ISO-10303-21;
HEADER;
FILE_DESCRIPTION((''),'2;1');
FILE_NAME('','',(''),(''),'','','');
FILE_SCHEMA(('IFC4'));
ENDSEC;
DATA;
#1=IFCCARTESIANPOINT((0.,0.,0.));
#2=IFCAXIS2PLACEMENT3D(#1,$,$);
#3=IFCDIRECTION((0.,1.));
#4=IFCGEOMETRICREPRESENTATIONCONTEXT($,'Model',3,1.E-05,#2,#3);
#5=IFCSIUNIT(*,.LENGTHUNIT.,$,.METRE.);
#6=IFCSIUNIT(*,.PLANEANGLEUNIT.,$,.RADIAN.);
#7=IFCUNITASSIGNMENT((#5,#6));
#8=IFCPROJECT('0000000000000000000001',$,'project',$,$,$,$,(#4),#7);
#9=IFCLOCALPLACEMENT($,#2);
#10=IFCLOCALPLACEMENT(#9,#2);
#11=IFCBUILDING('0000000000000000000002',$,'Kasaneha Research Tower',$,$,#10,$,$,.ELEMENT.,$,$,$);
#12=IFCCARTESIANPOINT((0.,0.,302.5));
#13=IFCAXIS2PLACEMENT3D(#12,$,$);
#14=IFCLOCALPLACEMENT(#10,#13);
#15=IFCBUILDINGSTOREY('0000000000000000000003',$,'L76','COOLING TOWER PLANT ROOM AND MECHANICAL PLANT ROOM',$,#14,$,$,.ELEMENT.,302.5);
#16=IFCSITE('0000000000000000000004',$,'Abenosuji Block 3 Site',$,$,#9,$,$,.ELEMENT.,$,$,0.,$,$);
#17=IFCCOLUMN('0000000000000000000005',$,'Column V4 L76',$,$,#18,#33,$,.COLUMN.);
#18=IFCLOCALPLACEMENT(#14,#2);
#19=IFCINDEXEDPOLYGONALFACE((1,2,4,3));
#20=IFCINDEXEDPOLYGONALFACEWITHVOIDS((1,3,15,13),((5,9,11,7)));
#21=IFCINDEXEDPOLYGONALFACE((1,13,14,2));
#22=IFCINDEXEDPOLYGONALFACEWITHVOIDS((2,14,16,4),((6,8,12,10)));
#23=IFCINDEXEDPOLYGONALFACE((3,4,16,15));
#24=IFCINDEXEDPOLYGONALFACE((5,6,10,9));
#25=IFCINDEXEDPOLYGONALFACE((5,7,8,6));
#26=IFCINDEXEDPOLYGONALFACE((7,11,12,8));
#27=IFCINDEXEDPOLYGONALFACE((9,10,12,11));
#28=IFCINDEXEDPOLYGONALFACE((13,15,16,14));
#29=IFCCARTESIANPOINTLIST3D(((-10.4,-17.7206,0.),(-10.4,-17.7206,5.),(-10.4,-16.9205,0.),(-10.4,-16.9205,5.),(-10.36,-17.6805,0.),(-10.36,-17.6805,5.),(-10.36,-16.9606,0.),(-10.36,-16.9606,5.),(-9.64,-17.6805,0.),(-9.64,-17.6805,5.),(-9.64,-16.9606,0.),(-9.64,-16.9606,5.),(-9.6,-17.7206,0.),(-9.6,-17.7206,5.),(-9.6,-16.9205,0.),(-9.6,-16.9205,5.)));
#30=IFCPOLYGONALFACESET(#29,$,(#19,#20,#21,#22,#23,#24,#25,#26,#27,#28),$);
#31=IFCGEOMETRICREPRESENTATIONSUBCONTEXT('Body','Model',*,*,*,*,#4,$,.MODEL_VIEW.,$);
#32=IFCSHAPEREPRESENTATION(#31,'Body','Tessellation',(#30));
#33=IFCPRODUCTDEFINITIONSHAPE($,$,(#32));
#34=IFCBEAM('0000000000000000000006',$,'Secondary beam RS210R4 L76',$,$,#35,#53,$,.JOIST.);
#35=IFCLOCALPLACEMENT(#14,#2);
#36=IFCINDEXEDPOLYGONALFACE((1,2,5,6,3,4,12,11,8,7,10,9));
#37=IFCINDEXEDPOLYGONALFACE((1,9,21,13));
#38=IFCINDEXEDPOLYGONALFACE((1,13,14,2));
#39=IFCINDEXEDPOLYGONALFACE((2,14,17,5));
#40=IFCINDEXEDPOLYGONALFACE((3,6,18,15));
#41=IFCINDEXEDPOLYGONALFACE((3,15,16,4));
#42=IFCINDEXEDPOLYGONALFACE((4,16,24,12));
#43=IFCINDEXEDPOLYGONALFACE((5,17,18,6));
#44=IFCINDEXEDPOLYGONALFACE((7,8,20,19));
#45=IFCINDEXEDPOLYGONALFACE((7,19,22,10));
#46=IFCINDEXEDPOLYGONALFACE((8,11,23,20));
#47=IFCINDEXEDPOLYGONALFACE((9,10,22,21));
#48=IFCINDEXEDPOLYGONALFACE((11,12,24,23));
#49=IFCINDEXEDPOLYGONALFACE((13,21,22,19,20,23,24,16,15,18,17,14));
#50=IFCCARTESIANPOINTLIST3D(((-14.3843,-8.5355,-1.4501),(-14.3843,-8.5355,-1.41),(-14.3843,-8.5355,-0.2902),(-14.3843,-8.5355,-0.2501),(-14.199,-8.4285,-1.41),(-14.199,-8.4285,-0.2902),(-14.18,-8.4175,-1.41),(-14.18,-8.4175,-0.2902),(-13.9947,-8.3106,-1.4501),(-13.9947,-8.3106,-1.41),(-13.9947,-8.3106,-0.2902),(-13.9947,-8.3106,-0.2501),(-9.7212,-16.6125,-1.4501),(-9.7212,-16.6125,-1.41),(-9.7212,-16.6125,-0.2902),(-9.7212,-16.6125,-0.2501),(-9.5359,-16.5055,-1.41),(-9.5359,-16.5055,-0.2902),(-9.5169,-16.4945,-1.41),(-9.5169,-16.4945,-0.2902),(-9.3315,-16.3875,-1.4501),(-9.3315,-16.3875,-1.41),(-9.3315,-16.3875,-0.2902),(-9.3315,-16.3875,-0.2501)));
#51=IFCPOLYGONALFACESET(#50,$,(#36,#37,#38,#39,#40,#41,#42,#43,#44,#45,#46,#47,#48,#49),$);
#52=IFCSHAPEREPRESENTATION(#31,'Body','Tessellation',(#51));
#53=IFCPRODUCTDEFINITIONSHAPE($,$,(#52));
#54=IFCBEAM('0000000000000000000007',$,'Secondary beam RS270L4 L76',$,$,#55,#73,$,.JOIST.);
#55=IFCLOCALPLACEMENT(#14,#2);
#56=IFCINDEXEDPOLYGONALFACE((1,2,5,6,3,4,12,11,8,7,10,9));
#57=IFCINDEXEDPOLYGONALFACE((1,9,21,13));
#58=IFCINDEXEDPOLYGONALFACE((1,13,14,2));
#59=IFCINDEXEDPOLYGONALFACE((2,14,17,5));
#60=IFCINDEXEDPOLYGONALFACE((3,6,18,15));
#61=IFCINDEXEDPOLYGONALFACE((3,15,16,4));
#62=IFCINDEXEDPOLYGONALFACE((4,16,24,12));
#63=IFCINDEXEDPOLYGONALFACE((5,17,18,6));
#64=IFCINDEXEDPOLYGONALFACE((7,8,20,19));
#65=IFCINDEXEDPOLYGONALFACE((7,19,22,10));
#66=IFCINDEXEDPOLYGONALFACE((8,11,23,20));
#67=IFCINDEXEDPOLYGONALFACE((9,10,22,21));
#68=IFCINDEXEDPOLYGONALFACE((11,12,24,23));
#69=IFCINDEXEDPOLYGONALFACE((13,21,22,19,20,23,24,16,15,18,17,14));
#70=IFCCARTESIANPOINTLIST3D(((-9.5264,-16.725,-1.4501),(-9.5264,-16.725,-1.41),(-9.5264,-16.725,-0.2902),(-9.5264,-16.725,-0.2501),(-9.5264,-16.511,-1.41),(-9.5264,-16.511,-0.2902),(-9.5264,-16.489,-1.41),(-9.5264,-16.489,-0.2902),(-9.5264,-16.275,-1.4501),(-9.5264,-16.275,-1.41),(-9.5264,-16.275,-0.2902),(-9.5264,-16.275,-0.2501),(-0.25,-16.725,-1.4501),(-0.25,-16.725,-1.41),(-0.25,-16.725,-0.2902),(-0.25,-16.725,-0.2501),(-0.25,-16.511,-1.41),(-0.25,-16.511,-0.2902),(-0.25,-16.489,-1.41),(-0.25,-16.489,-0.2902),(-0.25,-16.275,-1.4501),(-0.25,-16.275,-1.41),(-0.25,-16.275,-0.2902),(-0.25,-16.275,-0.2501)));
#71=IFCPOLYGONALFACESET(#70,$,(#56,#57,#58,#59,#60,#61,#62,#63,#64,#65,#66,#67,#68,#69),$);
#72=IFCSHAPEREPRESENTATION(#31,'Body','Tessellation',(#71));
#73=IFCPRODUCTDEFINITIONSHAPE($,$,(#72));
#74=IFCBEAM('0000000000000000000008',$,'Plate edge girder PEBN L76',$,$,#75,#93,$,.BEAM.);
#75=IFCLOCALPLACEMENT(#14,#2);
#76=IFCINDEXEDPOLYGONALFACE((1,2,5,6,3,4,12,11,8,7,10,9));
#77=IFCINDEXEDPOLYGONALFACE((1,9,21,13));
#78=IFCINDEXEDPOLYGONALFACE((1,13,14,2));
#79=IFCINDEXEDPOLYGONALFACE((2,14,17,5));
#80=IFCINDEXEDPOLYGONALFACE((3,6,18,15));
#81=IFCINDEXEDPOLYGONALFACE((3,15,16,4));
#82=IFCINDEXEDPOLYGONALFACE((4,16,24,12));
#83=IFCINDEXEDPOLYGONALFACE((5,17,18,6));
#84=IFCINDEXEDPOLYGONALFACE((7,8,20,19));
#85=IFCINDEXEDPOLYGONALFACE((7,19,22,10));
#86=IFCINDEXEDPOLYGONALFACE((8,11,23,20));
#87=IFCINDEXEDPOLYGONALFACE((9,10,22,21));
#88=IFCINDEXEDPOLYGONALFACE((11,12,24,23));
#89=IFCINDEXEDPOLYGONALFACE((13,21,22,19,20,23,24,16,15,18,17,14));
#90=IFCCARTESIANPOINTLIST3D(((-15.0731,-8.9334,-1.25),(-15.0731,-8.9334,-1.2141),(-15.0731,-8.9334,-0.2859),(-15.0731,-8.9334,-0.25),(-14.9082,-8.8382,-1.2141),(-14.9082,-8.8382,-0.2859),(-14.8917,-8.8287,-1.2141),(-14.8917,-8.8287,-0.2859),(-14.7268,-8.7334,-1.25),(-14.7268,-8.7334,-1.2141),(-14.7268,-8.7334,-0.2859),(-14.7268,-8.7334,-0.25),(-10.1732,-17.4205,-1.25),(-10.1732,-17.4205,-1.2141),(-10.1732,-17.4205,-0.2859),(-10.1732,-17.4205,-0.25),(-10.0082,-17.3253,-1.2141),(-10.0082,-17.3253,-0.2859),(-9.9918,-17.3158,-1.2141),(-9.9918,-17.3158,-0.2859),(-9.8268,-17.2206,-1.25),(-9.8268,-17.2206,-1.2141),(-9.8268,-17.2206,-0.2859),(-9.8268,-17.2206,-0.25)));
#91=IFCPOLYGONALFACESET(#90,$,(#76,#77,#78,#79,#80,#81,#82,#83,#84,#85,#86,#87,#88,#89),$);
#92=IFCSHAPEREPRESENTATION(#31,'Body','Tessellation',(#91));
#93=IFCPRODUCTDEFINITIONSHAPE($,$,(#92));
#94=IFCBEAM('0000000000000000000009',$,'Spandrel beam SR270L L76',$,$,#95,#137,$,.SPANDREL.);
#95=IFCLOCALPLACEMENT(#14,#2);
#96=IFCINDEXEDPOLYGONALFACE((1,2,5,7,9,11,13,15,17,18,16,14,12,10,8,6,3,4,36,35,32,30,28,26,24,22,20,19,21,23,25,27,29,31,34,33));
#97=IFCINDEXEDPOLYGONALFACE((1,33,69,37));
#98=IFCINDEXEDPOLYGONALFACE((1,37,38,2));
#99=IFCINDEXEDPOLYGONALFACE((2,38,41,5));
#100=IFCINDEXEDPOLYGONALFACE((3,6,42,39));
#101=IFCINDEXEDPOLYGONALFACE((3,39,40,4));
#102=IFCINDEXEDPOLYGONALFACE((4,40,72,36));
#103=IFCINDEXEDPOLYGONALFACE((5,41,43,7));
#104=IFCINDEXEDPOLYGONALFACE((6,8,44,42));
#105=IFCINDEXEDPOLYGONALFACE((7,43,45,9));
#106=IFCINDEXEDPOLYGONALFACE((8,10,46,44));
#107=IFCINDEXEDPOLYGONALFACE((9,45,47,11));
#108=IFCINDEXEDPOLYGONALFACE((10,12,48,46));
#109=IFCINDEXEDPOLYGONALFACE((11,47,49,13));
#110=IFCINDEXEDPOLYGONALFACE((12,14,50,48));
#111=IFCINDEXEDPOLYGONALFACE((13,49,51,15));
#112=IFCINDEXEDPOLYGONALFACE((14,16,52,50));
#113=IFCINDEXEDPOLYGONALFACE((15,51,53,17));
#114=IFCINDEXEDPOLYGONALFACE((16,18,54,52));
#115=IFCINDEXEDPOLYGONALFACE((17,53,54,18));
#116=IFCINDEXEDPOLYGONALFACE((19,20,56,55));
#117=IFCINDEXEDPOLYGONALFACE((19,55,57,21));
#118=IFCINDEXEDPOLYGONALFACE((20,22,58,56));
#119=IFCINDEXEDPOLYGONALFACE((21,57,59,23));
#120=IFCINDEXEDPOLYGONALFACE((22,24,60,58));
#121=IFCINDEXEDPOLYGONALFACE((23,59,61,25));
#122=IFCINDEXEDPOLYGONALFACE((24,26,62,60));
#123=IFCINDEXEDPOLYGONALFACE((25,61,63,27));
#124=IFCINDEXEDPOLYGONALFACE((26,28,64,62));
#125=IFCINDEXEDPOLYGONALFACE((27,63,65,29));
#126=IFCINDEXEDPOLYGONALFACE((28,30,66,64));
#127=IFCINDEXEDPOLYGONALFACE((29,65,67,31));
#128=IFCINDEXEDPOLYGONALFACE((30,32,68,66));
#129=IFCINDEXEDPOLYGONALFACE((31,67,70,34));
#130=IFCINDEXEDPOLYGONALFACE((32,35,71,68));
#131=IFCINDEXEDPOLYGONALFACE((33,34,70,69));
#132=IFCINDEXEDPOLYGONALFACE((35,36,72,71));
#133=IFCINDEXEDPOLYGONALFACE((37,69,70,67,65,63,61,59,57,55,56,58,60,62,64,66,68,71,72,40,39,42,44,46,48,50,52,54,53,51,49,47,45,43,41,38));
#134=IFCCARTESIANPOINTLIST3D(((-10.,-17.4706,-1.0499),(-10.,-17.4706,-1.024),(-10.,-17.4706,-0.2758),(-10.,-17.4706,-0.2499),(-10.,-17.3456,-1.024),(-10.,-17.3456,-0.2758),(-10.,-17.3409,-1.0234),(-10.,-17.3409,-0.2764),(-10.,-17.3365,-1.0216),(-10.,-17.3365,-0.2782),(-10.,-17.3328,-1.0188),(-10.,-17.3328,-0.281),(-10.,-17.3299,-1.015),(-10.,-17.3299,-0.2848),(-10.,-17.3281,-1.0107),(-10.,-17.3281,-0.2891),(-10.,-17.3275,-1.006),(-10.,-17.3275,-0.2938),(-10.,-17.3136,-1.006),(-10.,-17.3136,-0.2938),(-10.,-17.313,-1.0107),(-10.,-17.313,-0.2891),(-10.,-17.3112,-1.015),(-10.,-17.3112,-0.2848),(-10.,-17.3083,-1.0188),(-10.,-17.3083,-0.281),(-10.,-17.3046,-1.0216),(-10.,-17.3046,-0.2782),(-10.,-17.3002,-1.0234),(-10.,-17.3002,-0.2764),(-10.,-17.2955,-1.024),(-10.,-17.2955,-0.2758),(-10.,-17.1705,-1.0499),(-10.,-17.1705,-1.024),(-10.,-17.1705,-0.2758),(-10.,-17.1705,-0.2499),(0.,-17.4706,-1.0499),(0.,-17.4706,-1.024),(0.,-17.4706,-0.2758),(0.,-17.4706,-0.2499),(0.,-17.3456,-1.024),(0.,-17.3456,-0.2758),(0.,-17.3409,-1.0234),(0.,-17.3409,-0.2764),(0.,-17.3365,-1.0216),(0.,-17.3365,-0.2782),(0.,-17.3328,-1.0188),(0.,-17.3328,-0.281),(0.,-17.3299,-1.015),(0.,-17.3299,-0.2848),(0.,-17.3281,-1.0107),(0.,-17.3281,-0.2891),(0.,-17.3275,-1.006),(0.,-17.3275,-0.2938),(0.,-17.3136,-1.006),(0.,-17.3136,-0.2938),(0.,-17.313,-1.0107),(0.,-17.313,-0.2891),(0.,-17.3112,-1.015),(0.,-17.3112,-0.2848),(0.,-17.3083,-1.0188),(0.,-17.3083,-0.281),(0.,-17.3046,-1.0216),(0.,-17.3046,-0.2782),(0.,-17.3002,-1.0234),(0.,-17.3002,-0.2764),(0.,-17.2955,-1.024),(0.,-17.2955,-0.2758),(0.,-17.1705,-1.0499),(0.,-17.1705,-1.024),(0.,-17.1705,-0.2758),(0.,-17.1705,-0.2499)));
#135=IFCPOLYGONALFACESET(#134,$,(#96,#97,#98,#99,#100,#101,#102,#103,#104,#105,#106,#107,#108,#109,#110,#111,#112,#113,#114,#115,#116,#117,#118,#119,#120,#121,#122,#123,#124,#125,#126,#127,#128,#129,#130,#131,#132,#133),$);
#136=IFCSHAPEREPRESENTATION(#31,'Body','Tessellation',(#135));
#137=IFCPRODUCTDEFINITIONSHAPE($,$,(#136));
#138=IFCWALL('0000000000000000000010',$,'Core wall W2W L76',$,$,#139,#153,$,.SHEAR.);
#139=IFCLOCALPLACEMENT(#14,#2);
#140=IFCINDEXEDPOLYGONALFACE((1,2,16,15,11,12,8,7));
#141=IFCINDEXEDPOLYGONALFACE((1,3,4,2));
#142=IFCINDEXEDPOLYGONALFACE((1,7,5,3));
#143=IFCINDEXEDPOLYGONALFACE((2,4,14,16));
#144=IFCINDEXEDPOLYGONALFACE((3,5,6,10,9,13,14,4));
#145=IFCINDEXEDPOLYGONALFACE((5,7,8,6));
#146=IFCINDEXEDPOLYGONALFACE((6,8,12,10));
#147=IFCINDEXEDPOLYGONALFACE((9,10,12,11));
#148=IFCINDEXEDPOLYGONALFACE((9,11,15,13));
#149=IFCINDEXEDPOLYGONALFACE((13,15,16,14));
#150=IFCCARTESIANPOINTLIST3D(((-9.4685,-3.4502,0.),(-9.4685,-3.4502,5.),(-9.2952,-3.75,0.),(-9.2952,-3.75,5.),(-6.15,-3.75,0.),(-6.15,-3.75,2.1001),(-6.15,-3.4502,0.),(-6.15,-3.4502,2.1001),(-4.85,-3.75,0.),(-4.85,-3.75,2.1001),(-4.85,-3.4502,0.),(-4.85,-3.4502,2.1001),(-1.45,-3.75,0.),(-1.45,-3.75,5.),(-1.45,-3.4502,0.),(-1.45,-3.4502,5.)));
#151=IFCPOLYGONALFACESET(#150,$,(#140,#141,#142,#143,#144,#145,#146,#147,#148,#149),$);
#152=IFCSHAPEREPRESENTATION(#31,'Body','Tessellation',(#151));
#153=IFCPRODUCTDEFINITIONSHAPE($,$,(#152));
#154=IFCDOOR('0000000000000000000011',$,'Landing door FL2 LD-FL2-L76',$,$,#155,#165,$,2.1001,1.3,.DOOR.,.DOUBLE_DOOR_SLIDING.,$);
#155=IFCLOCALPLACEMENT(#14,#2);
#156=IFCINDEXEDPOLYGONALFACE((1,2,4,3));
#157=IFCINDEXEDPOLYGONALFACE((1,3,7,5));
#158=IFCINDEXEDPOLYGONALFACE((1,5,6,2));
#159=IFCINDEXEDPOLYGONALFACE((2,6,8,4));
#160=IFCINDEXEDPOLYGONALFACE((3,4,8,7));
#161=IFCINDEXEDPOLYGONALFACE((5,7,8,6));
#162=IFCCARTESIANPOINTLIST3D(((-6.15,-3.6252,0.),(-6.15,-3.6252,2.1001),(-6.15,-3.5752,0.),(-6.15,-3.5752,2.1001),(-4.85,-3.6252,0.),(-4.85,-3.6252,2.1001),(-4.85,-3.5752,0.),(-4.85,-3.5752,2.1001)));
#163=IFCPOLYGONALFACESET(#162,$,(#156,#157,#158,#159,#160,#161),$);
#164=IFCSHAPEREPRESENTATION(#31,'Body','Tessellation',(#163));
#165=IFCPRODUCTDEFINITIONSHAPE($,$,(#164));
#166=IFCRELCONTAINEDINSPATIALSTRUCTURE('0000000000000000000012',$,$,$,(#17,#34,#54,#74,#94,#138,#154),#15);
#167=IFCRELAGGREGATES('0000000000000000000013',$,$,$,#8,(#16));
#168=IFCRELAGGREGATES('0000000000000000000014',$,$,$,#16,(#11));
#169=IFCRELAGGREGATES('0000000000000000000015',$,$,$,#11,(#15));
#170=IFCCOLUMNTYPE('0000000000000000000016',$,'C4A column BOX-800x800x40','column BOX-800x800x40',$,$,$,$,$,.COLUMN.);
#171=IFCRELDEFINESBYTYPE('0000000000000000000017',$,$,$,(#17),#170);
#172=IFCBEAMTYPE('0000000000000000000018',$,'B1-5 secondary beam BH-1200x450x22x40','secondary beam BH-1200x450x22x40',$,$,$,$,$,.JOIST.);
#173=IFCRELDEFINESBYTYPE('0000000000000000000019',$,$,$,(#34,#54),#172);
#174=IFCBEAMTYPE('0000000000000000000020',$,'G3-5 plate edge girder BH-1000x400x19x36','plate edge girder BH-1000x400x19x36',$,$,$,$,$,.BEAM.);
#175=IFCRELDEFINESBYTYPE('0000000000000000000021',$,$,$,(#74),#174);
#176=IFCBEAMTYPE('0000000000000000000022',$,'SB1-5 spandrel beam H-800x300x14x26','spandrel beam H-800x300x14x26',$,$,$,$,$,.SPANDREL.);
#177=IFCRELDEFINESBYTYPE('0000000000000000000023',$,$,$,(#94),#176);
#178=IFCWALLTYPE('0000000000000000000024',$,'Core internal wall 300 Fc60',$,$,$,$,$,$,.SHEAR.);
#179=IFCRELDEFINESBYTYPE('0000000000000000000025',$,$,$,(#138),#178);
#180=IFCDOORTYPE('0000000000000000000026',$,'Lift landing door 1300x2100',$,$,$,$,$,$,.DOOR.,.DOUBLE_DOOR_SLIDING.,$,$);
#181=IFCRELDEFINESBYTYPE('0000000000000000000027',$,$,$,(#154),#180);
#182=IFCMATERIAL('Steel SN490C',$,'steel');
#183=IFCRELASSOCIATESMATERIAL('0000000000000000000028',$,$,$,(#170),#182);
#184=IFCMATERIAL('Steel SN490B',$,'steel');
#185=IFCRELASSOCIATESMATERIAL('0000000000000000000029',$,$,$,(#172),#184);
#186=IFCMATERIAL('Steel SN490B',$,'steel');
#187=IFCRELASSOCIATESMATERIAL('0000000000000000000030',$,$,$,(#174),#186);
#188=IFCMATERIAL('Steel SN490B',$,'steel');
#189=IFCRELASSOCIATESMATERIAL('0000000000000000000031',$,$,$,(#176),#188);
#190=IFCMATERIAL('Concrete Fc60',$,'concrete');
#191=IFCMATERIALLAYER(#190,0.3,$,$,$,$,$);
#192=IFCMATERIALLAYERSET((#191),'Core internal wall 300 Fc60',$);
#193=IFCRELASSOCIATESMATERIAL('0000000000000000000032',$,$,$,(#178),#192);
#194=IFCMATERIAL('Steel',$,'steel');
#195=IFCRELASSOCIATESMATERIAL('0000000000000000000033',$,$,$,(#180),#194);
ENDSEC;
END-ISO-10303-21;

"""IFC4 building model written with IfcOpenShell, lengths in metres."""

from ifc_helpers import new_model, si_unit, direction, frame, frame_2d, origin, origin_2d, place, context, subcontext, project, spatial, polyline, rectangle, hollow_rectangle, i_section, outline, extrude, material, layer, layer_set, material_profile, profile_set, type_object, element, fill, save


model = new_model("IFC4")

# Units and contexts
model_context = context("Model", 3, precision=1e-05, world=origin(), true_north=direction((0.0, 1.0)))
body_context = subcontext(model_context, "Body", "Model", "MODEL_VIEW")
ifc_project = project(units=[si_unit("LENGTHUNIT", "METRE"), si_unit("PLANEANGLEUNIT", "RADIAN")], contexts=[model_context])

# Site, building, storey
site_placement = place(None, origin())
site = spatial("IfcSite", under=ifc_project, at=site_placement, Name="Abenosuji Block 3 Site", CompositionType="ELEMENT", RefElevation=0.0)
building_placement = place(site_placement, origin())
building = spatial("IfcBuilding", under=site, at=building_placement, Name="Kasaneha Research Tower", CompositionType="ELEMENT")
storey_placement = place(building_placement, frame((0.0, 0.0, 302.5)))
storey = spatial("IfcBuildingStorey", under=building, at=storey_placement, Name="L76", Description="COOLING TOWER PLANT ROOM AND MECHANICAL PLANT ROOM", CompositionType="ELEMENT", Elevation=302.5)

# Column
ifc_material_1 = material(Name="Steel SN490C", Category="steel")
ifc_material_profile_1 = material_profile(ifc_material_1, hollow_rectangle(XDim=0.8, YDim=0.8, WallThickness=0.04, at=origin_2d()), Name="BOX-800x800x40")
ifc_profile_set_1 = profile_set([ifc_material_profile_1], Name="Steel SN490C")
column_type = type_object("IfcColumnType", Name="C4A column BOX-800x800x40", Description="column BOX-800x800x40", PredefinedType="COLUMN", material=ifc_profile_set_1)
column_placement = place(storey_placement, frame((-10.0, -17.3206, 0.0), z_axis=(0.0, 0.0, 1.0), x_axis=(1.0, 0.0, 0.0)))
element("IfcColumn", 1, at=column_placement, inside=storey, type_object=column_type, Name="Column V4 L76", PredefinedType="COLUMN", context=body_context, shape_type="SweptSolid", body=[
    extrude(hollow_rectangle(XDim=0.8, YDim=0.8, WallThickness=0.04, at=origin_2d()), origin(), (0.0, 0.0, 1.0), 5.0),
])

# Beams
ifc_material_2 = material(Name="Steel SN490B", Category="steel")
ifc_material_profile_2 = material_profile(ifc_material_2, i_section(OverallWidth=0.45, OverallDepth=1.2, WebThickness=0.022, FlangeThickness=0.04, at=origin_2d()), Name="BH-1200x450x22x40")
ifc_profile_set_2 = profile_set([ifc_material_profile_2], Name="Steel SN490B")
beam_type_1 = type_object("IfcBeamType", Name="B1-5 secondary beam BH-1200x450x22x40", Description="secondary beam BH-1200x450x22x40", PredefinedType="JOIST", material=ifc_profile_set_2)
beam_1_placement = place(storey_placement, frame((-9.5264, -16.5, -0.8501), z_axis=(-0.499991, 0.866031, 0.0), x_axis=(-0.866031, -0.499991, 0.0)))
element("IfcBeam", 2, at=beam_1_placement, inside=storey, type_object=beam_type_1, Name="Secondary beam RS210R4 L76", PredefinedType="JOIST", context=body_context, shape_type="SweptSolid", body=[
    extrude(i_section(OverallWidth=0.45, OverallDepth=1.2, WebThickness=0.022, FlangeThickness=0.04, at=origin_2d()), origin(), (0.0, 0.0, 1.0), 9.3264),
])
beam_2_placement = place(storey_placement, frame((-9.5264, -16.5, -0.8501), z_axis=(1.0, 0.0, 0.0), x_axis=(0.0, 1.0, 0.0)))
element("IfcBeam", 3, at=beam_2_placement, inside=storey, type_object=beam_type_1, Name="Secondary beam RS270L4 L76", PredefinedType="JOIST", context=body_context, shape_type="SweptSolid", body=[
    extrude(i_section(OverallWidth=0.45, OverallDepth=1.2, WebThickness=0.022, FlangeThickness=0.04, at=origin_2d()), origin(), (0.0, 0.0, 1.0), 9.2764),
])
ifc_material_3 = material(Name="Steel SN490B", Category="steel")
ifc_material_profile_3 = material_profile(ifc_material_3, i_section(OverallWidth=0.3999, OverallDepth=1.0, WebThickness=0.019, FlangeThickness=0.0359, at=origin_2d()), Name="BH-1000x400x19x36")
ifc_profile_set_3 = profile_set([ifc_material_profile_3], Name="Steel SN490B")
beam_type_2 = type_object("IfcBeamType", Name="G3-5 plate edge girder BH-1000x400x19x36", Description="plate edge girder BH-1000x400x19x36", PredefinedType="BEAM", material=ifc_profile_set_3)
beam_3_placement = place(storey_placement, frame((-10.0, -17.3206, -0.75), z_axis=(-0.499992, 0.86603, 0.0), x_axis=(-0.86603, -0.499992, 0.0)))
element("IfcBeam", 4, at=beam_3_placement, inside=storey, type_object=beam_type_2, Name="Plate edge girder PEBN L76", PredefinedType="BEAM", context=body_context, shape_type="SweptSolid", body=[
    extrude(i_section(OverallWidth=0.3999, OverallDepth=1.0, WebThickness=0.019, FlangeThickness=0.0359, at=origin_2d()), origin(), (0.0, 0.0, 1.0), 9.8),
])
ifc_material_4 = material(Name="Steel SN490B", Category="steel")
ifc_material_profile_4 = material_profile(ifc_material_4, i_section(OverallWidth=0.3, OverallDepth=0.8, WebThickness=0.0139, FlangeThickness=0.0259, FilletRadius=0.0181, at=origin_2d()), Name="H-800x300x14x26")
ifc_profile_set_4 = profile_set([ifc_material_profile_4], Name="Steel SN490B")
beam_type_3 = type_object("IfcBeamType", Name="SB1-5 spandrel beam H-800x300x14x26", Description="spandrel beam H-800x300x14x26", PredefinedType="SPANDREL", material=ifc_profile_set_4)
beam_4_placement = place(storey_placement, frame((-10.0, -17.3206, -0.6499), z_axis=(1.0, 0.0, 0.0), x_axis=(0.0, 1.0, 0.0)))
element("IfcBeam", 5, at=beam_4_placement, inside=storey, type_object=beam_type_3, Name="Spandrel beam SR270L L76", PredefinedType="SPANDREL", context=body_context, shape_type="SweptSolid", body=[
    extrude(i_section(OverallWidth=0.3, OverallDepth=0.8, WebThickness=0.0139, FlangeThickness=0.0259, FilletRadius=0.0181, at=origin_2d()), origin(), (0.0, 0.0, 1.0), 10.0),
])

# Wall, opening, door
ifc_material_5 = material(Name="Concrete Fc60", Category="concrete")
ifc_layer_1 = layer(ifc_material_5, 0.3)
ifc_layer_set_1 = layer_set([ifc_layer_1], Name="Core internal wall 300 Fc60")
wall_type_1 = type_object("IfcWallType", Name="Core internal wall 300 Fc60", PredefinedType="SHEAR", material=ifc_layer_set_1)
wall_1_placement = place(storey_placement, frame((-9.3818, -3.6001, 0.0), z_axis=(0.0, 0.0, 1.0), x_axis=(1.0, 0.0, 0.0)))
wall_1 = element("IfcWall", 6, at=wall_1_placement, inside=storey, type_object=wall_type_1, Name="Core wall W2W L76", PredefinedType="SHEAR", context=body_context, shape_type="SweptSolid", body=[
    extrude(outline(polyline([(0.0867, -0.1499), (3.2319, -0.1499), (4.532, -0.1499), (7.9319, -0.1499), (7.9319, 0.1499), (4.532, 0.1499), (3.2319, 0.1499), (-0.0867, 0.1499), (0.0867, -0.1499)])), origin(), (0.0, 0.0, 1.0), 5.0),
])
opening_1_placement = place(wall_1_placement, frame((3.2319, 0.0, 0.0)))
opening_1 = element("IfcOpeningElement", 7, at=opening_1_placement, cuts=wall_1, PredefinedType="OPENING", context=body_context, shape_type="SweptSolid", body=[
    extrude(rectangle(XDim=1.3, YDim=2.1001, at=frame_2d((0.6499, 1.05))), frame((0.0, 0.1602, 0.0), z_axis=(0.0, -1.0, 0.0), x_axis=(1.0, 0.0, 0.0)), (0.0, 0.0, 1.0), 0.3201),
])
ifc_material_6 = material(Name="Steel", Category="steel")
door_type_1 = type_object("IfcDoorType", Name="Lift landing door 1300x2100", OperationType="DOUBLE_DOOR_SLIDING", PredefinedType="DOOR", material=ifc_material_6)
door_1_placement = place(opening_1_placement, origin())
door_1 = element("IfcDoor", 8, at=door_1_placement, inside=storey, type_object=door_type_1, Name="Landing door FL2 LD-FL2-L76", OperationType="DOUBLE_DOOR_SLIDING", OverallHeight=2.1001, OverallWidth=1.3, PredefinedType="DOOR", context=body_context, shape_type="SweptSolid", body=[
    extrude(rectangle(XDim=1.3, YDim=2.1001, at=frame_2d((0.6499, 1.05))), frame((0.0, 0.0249, 0.0), z_axis=(0.0, -1.0, 0.0), x_axis=(1.0, 0.0, 0.0)), (0.0, 0.0, 1.0), 0.05),
])
fill(opening_1, door_1)

save(model, "model.ifc")
